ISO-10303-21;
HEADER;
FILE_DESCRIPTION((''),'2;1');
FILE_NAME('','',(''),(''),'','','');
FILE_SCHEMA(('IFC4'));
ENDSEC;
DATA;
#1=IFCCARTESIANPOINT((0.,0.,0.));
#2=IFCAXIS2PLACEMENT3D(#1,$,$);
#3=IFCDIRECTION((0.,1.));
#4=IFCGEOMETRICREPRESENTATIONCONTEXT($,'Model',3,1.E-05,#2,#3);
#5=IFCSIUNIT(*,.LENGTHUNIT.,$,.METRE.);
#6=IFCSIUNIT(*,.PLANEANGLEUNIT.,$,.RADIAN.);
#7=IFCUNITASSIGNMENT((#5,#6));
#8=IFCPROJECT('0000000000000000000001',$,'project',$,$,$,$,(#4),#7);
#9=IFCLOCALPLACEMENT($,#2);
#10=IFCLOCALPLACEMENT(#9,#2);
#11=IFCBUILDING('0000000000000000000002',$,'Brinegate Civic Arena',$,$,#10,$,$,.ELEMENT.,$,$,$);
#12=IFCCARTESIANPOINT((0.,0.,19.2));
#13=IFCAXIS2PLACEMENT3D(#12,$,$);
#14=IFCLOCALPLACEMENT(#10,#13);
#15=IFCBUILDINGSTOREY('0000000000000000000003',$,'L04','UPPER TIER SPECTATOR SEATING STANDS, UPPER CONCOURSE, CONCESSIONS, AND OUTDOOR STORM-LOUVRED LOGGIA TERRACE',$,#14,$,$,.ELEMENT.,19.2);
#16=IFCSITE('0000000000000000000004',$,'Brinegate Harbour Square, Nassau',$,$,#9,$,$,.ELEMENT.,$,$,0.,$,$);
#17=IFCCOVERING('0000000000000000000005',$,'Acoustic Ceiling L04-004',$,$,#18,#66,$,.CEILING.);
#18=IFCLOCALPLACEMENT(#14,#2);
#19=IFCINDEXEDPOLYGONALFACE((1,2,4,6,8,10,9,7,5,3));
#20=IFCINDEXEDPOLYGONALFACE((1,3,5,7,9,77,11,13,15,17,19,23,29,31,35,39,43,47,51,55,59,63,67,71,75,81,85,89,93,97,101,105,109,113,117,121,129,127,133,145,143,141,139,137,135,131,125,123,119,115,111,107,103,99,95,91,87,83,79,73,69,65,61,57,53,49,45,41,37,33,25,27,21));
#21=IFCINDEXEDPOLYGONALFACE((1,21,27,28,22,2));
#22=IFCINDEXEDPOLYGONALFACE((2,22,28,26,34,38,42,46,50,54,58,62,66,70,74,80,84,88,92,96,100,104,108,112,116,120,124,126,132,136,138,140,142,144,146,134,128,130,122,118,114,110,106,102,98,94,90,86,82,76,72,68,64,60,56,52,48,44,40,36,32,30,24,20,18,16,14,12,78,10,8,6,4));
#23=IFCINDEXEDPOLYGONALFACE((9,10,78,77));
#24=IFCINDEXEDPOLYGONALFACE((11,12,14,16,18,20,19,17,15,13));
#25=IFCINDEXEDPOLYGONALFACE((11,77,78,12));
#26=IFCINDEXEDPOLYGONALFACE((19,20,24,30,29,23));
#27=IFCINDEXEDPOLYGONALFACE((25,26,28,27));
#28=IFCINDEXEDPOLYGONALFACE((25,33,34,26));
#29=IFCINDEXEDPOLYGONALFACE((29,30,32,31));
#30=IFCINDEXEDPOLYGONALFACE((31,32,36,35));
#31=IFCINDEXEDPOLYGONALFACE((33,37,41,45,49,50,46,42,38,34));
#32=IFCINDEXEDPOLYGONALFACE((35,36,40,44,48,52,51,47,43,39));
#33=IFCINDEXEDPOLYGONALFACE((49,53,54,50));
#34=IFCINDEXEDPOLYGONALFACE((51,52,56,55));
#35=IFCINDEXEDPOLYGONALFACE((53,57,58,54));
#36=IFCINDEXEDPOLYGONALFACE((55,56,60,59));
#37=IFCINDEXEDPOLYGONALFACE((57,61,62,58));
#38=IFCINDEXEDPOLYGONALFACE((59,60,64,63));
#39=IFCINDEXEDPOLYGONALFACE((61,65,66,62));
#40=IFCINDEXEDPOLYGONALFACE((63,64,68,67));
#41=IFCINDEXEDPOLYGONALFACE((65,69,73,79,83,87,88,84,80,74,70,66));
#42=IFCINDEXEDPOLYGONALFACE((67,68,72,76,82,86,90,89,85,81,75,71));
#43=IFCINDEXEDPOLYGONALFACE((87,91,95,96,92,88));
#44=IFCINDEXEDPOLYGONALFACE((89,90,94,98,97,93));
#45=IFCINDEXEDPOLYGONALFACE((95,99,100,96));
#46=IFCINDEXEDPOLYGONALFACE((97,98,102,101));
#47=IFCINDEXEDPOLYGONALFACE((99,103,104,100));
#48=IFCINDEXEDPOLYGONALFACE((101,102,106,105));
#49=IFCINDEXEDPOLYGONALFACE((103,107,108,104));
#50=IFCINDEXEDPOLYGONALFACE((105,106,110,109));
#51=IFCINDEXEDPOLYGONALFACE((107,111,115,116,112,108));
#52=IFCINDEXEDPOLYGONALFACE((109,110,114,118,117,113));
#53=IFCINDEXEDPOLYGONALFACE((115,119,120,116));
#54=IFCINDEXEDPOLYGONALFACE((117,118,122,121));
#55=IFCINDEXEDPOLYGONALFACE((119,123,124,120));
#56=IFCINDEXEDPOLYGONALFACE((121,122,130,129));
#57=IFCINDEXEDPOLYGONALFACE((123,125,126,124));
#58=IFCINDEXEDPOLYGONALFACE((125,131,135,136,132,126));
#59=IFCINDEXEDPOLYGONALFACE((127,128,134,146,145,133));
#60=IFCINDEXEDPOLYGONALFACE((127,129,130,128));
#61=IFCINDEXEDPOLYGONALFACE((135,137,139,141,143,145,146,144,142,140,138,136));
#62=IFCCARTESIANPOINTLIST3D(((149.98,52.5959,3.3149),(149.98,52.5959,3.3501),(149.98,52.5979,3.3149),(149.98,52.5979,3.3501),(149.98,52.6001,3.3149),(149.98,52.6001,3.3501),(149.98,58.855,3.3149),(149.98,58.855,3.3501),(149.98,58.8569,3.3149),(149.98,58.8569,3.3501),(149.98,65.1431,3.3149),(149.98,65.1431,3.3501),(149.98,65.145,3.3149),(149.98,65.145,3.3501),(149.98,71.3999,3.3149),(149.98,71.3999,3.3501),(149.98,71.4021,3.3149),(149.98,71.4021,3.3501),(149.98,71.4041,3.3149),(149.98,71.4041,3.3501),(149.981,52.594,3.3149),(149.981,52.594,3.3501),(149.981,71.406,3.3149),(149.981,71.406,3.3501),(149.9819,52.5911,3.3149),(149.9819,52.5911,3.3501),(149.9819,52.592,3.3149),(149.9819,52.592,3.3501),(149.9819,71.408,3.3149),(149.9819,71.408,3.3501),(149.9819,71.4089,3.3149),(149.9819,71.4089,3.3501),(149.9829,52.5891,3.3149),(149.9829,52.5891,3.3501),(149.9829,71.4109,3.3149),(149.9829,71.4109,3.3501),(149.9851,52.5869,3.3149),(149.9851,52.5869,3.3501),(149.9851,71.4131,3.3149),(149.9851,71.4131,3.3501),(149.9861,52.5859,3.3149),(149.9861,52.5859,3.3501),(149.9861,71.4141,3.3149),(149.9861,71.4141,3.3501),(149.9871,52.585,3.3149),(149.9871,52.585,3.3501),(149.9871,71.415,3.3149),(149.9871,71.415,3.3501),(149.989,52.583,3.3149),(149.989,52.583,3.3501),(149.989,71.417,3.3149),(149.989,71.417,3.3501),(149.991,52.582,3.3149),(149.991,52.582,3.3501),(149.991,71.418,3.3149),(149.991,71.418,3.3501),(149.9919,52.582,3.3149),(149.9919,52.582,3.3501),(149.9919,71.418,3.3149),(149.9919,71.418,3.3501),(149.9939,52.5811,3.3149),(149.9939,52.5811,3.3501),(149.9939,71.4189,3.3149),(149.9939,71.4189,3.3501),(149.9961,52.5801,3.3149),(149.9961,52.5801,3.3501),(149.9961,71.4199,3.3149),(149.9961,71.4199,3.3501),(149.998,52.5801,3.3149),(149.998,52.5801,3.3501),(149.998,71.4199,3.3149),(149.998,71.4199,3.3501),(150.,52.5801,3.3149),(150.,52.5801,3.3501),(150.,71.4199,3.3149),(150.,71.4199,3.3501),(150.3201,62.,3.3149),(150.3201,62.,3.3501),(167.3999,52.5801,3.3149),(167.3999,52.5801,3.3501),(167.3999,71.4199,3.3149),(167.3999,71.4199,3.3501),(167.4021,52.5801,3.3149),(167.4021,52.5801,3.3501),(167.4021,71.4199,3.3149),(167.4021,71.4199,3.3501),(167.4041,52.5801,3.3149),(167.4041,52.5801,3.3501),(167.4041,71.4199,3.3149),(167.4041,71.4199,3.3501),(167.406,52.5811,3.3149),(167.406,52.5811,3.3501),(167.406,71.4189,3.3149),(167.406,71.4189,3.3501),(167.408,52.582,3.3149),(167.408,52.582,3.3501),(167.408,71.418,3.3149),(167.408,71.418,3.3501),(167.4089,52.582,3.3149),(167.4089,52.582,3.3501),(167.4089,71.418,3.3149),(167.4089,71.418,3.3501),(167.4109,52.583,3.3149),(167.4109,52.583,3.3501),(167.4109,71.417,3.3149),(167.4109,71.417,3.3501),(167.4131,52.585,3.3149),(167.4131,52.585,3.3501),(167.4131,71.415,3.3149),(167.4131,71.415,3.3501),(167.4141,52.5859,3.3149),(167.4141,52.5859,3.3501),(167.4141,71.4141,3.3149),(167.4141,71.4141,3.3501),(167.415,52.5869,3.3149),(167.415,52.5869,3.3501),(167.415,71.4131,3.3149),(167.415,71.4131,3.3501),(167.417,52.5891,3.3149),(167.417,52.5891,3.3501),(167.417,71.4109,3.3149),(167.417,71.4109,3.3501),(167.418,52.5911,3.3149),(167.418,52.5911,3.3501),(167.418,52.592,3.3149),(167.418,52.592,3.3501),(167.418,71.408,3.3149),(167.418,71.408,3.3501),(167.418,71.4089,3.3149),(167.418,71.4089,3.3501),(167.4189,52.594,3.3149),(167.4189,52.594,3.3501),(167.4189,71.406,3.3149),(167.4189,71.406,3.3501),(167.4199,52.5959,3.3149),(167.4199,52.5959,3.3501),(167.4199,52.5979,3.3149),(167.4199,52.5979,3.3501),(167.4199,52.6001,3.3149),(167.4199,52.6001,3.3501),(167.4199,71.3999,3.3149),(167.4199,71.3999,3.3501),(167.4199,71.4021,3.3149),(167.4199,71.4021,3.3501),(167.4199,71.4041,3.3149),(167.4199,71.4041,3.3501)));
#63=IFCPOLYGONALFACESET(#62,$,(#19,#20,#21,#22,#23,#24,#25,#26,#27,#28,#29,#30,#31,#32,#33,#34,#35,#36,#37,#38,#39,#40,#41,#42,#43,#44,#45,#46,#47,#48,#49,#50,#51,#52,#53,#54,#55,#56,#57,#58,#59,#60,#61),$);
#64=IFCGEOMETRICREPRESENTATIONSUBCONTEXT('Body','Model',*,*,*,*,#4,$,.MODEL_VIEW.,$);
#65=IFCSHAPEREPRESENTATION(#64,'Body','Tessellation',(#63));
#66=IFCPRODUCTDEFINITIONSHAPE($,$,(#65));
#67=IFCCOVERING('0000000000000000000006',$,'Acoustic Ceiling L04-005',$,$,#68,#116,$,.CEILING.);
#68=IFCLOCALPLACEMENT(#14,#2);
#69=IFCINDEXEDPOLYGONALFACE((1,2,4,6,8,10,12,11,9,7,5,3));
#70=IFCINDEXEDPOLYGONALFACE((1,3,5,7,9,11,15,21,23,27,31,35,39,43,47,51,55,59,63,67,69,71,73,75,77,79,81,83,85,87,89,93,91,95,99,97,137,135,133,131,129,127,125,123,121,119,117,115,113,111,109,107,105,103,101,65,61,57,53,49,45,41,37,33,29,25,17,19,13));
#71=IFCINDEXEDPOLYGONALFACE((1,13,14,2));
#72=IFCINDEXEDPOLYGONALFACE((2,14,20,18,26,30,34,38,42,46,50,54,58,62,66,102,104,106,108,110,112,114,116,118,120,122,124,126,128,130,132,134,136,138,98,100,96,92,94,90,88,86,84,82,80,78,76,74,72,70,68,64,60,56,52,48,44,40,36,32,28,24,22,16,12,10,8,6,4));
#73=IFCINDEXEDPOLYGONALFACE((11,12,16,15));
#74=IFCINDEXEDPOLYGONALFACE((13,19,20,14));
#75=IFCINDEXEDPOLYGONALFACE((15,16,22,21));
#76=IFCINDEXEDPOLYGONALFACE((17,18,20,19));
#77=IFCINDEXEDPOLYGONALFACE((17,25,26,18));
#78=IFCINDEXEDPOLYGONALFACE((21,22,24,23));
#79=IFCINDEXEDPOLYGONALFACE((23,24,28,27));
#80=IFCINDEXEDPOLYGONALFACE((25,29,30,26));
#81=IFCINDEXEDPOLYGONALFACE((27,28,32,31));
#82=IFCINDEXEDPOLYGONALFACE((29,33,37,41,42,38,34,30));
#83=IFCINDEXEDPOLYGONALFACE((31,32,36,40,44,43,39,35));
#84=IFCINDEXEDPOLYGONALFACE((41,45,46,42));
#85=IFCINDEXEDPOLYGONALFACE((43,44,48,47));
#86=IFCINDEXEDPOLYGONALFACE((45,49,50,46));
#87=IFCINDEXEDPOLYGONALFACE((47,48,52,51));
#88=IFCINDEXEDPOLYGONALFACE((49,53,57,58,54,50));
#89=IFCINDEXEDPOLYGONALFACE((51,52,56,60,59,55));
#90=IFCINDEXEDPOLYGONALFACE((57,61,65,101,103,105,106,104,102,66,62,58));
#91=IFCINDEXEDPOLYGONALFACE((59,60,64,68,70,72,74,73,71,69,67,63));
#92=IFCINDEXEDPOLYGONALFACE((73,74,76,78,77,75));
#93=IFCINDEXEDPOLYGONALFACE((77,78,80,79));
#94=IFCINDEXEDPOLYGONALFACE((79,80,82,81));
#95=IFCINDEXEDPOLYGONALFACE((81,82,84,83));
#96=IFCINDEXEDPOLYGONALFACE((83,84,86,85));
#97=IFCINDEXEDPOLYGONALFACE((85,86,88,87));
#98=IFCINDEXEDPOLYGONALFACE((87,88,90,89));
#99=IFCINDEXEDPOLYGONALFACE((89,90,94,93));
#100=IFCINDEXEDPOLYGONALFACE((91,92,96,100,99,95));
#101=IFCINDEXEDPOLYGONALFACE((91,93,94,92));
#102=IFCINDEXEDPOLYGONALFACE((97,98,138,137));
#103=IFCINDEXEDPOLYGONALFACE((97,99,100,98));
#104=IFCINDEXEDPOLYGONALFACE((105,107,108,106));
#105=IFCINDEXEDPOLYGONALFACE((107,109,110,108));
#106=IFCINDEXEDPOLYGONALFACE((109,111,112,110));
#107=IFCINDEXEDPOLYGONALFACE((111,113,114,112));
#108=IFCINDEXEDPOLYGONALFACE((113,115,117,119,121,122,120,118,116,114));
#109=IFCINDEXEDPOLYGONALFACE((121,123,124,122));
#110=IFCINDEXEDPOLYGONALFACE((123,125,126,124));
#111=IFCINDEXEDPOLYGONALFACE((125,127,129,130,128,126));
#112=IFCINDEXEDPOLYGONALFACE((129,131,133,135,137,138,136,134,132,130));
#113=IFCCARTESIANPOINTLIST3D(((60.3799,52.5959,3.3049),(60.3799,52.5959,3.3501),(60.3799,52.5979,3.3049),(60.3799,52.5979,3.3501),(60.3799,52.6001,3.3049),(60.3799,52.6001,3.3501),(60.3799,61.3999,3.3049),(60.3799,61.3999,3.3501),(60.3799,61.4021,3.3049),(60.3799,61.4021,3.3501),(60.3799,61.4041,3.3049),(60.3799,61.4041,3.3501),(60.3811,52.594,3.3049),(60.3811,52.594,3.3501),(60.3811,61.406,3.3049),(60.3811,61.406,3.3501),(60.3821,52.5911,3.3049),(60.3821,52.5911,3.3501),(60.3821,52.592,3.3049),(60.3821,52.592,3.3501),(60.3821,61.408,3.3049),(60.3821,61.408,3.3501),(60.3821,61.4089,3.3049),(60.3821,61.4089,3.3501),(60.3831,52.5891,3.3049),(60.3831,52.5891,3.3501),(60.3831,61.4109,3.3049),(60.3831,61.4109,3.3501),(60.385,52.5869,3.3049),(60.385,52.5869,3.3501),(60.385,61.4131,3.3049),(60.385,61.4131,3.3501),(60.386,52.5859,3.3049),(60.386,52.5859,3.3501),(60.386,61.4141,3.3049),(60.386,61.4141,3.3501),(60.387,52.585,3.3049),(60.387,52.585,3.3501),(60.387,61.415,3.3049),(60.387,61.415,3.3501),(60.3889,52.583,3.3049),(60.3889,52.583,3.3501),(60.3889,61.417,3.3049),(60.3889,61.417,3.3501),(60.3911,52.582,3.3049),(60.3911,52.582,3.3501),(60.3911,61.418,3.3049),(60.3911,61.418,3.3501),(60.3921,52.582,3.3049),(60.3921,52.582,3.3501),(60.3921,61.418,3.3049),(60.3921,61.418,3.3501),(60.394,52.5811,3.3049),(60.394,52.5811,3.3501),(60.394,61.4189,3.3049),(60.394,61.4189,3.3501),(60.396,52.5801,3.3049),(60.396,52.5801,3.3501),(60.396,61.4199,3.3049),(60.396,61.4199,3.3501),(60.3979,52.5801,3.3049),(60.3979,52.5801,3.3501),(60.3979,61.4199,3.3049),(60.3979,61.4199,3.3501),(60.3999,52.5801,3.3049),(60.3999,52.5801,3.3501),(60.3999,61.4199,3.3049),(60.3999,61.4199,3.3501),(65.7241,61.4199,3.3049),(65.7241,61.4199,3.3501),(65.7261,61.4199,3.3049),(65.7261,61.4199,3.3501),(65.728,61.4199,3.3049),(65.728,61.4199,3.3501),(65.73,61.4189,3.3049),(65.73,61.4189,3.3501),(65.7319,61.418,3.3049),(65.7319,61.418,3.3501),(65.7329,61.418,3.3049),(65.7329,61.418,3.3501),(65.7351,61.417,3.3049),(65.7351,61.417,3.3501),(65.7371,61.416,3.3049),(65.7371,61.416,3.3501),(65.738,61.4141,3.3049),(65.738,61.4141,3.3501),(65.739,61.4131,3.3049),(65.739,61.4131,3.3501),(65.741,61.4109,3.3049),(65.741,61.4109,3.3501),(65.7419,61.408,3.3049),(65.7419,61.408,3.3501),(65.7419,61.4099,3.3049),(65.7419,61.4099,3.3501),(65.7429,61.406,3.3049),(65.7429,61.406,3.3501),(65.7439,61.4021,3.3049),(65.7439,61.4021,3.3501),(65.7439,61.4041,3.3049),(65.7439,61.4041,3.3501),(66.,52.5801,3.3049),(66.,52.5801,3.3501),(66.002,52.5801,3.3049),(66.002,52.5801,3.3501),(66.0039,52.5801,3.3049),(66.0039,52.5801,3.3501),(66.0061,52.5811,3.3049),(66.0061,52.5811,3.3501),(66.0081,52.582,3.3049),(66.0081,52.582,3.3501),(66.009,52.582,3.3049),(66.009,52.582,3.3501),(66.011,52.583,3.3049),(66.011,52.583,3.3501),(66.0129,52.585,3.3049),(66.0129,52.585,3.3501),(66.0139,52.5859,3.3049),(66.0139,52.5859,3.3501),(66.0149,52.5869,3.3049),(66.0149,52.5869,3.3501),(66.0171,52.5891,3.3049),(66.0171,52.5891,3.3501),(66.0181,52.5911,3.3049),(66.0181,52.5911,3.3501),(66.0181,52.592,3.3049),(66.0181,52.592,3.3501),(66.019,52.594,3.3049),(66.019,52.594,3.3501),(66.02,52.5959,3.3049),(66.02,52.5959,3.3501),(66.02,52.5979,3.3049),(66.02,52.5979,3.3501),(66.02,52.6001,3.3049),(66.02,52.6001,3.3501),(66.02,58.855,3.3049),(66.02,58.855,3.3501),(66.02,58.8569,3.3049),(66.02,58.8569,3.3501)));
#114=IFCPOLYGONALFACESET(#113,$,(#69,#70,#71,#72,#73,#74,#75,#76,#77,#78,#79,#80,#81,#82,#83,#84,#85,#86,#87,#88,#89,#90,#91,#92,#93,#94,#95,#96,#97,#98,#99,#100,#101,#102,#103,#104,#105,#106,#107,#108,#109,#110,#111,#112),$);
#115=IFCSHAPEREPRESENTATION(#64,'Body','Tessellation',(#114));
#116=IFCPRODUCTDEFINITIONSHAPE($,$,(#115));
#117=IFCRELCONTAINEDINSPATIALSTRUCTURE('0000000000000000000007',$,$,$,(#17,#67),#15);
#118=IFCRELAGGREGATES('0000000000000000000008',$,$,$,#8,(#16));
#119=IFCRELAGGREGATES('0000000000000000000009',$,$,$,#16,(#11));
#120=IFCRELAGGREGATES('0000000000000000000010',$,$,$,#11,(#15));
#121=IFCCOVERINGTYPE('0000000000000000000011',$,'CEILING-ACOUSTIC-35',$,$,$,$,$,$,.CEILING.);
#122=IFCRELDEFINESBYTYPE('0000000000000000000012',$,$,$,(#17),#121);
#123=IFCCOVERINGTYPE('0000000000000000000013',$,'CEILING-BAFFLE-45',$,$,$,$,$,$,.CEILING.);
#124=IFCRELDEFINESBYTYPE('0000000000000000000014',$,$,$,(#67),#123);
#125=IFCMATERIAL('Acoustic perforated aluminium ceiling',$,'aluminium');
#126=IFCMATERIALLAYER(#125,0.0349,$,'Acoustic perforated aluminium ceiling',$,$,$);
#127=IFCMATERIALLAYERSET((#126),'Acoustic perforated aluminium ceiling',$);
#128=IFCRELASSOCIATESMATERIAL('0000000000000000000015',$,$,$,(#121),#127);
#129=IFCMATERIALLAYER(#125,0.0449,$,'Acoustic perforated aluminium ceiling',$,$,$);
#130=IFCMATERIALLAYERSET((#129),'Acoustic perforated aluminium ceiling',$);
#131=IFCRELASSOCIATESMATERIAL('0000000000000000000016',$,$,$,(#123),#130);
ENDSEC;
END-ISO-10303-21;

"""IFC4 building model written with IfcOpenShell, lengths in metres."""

from ifc_helpers import new_model, si_unit, direction, frame, origin, place, context, subcontext, project, spatial, polyline, outline, extrude, material, layer, layer_set, type_object, element, save


model = new_model("IFC4")

# Units and contexts
model_context = context("Model", 3, precision=1e-05, world=origin(), true_north=direction((0.0, 1.0)))
body_context = subcontext(model_context, "Body", "Model", "MODEL_VIEW")
ifc_project = project(units=[si_unit("LENGTHUNIT", "METRE"), si_unit("PLANEANGLEUNIT", "RADIAN")], contexts=[model_context])

# Site, building, storey
site_placement = place(None, origin())
site = spatial("IfcSite", under=ifc_project, at=site_placement, Name="Brinegate Harbour Square, Nassau", CompositionType="ELEMENT", RefElevation=0.0)
building_placement = place(site_placement, origin())
building = spatial("IfcBuilding", under=site, at=building_placement, Name="Brinegate Civic Arena", CompositionType="ELEMENT")
storey_placement = place(building_placement, frame((0.0, 0.0, 19.2)))
storey = spatial("IfcBuildingStorey", under=building, at=storey_placement, Name="L04", Description="UPPER TIER SPECTATOR SEATING STANDS, UPPER CONCOURSE, CONCESSIONS, AND OUTDOOR STORM-LOUVRED LOGGIA TERRACE", CompositionType="ELEMENT", Elevation=19.2)

# Coverings
ifc_material_1 = material(Name="Acoustic perforated aluminium ceiling", Category="aluminium")
ifc_layer_1 = layer(ifc_material_1, 0.0349, Name="Acoustic perforated aluminium ceiling")
ifc_layer_set_1 = layer_set([ifc_layer_1], Name="Acoustic perforated aluminium ceiling")
covering_type_1 = type_object("IfcCoveringType", Name="CEILING-ACOUSTIC-35", PredefinedType="CEILING", material=ifc_layer_set_1)
covering_1_placement = place(storey_placement, frame((0.0, 0.0, 3.3149)))
element("IfcCovering", 1, at=covering_1_placement, inside=storey, type_object=covering_type_1, Name="Acoustic Ceiling L04-004", PredefinedType="CEILING", context=body_context, shape_type="SweptSolid", body=[
    extrude(outline(polyline([(167.4041, 71.4199), (167.406, 71.4189), (167.408, 71.418), (167.4089, 71.418), (167.4109, 71.417), (167.4131, 71.415), (167.4141, 71.4141), (167.415, 71.4131), (167.417, 71.4109), (167.418, 71.4089), (167.418, 71.408), (167.4189, 71.406), (167.4199, 71.4041), (167.4199, 71.4021), (167.4199, 71.3999), (167.4199, 52.6001), (167.4199, 52.5979), (167.4199, 52.5959), (167.4189, 52.594), (167.418, 52.592), (167.418, 52.5911), (167.417, 52.5891), (167.415, 52.5869), (167.4141, 52.5859), (167.4131, 52.585), (167.4109, 52.583), (167.4089, 52.582), (167.408, 52.582), (167.406, 52.5811), (167.4041, 52.5801), (167.4021, 52.5801), (167.3999, 52.5801), (150.0, 52.5801), (149.998, 52.5801), (149.9961, 52.5801), (149.9939, 52.5811), (149.9919, 52.582), (149.991, 52.582), (149.989, 52.583), (149.9871, 52.585), (149.9861, 52.5859), (149.9851, 52.5869), (149.9829, 52.5891), (149.9819, 52.5911), (149.9819, 52.592), (149.981, 52.594), (149.98, 52.5959), (149.98, 52.5979), (149.98, 52.6001), (149.98, 58.855), (149.98, 58.8569), (150.3201, 62.0), (149.98, 65.1431), (149.98, 65.145), (149.98, 71.3999), (149.98, 71.4021), (149.98, 71.4041), (149.981, 71.406), (149.9819, 71.408), (149.9819, 71.4089), (149.9829, 71.4109), (149.9851, 71.4131), (149.9861, 71.4141), (149.9871, 71.415), (149.989, 71.417), (149.991, 71.418), (149.9919, 71.418), (149.9939, 71.4189), (149.9961, 71.4199), (149.998, 71.4199), (150.0, 71.4199), (167.3999, 71.4199), (167.4021, 71.4199), (167.4041, 71.4199)])), origin(), (0.0, 0.0, 1.0), 0.0352),
])
ifc_layer_2 = layer(ifc_material_1, 0.0449, Name="Acoustic perforated aluminium ceiling")
ifc_layer_set_2 = layer_set([ifc_layer_2], Name="Acoustic perforated aluminium ceiling")
covering_type_2 = type_object("IfcCoveringType", Name="CEILING-BAFFLE-45", PredefinedType="CEILING", material=ifc_layer_set_2)
covering_2_placement = place(storey_placement, frame((0.0, 0.0, 3.3049)))
element("IfcCovering", 2, at=covering_2_placement, inside=storey, type_object=covering_type_2, Name="Acoustic Ceiling L04-005", PredefinedType="CEILING", context=body_context, shape_type="SweptSolid", body=[
    extrude(outline(polyline([(60.396, 52.5801), (60.394, 52.5811), (60.3921, 52.582), (60.3911, 52.582), (60.3889, 52.583), (60.387, 52.585), (60.386, 52.5859), (60.385, 52.5869), (60.3831, 52.5891), (60.3821, 52.5911), (60.3821, 52.592), (60.3811, 52.594), (60.3799, 52.5959), (60.3799, 52.5979), (60.3799, 52.6001), (60.3799, 61.3999), (60.3799, 61.4021), (60.3799, 61.4041), (60.3811, 61.406), (60.3821, 61.408), (60.3821, 61.4089), (60.3831, 61.4109), (60.385, 61.4131), (60.386, 61.4141), (60.387, 61.415), (60.3889, 61.417), (60.3911, 61.418), (60.3921, 61.418), (60.394, 61.4189), (60.396, 61.4199), (60.3979, 61.4199), (60.3999, 61.4199), (65.7241, 61.4199), (65.7261, 61.4199), (65.728, 61.4199), (65.73, 61.4189), (65.7319, 61.418), (65.7329, 61.418), (65.7351, 61.417), (65.7371, 61.416), (65.738, 61.4141), (65.739, 61.4131), (65.741, 61.4109), (65.7419, 61.4099), (65.7419, 61.408), (65.7429, 61.406), (65.7439, 61.4041), (65.7439, 61.4021), (66.02, 58.8569), (66.02, 58.855), (66.02, 52.6001), (66.02, 52.5979), (66.02, 52.5959), (66.019, 52.594), (66.0181, 52.592), (66.0181, 52.5911), (66.0171, 52.5891), (66.0149, 52.5869), (66.0139, 52.5859), (66.0129, 52.585), (66.011, 52.583), (66.009, 52.582), (66.0081, 52.582), (66.0061, 52.5811), (66.0039, 52.5801), (66.002, 52.5801), (66.0, 52.5801), (60.3999, 52.5801), (60.3979, 52.5801), (60.396, 52.5801)])), origin(), (0.0, 0.0, 1.0), 0.0452),
])

save(model, "model.ifc")
